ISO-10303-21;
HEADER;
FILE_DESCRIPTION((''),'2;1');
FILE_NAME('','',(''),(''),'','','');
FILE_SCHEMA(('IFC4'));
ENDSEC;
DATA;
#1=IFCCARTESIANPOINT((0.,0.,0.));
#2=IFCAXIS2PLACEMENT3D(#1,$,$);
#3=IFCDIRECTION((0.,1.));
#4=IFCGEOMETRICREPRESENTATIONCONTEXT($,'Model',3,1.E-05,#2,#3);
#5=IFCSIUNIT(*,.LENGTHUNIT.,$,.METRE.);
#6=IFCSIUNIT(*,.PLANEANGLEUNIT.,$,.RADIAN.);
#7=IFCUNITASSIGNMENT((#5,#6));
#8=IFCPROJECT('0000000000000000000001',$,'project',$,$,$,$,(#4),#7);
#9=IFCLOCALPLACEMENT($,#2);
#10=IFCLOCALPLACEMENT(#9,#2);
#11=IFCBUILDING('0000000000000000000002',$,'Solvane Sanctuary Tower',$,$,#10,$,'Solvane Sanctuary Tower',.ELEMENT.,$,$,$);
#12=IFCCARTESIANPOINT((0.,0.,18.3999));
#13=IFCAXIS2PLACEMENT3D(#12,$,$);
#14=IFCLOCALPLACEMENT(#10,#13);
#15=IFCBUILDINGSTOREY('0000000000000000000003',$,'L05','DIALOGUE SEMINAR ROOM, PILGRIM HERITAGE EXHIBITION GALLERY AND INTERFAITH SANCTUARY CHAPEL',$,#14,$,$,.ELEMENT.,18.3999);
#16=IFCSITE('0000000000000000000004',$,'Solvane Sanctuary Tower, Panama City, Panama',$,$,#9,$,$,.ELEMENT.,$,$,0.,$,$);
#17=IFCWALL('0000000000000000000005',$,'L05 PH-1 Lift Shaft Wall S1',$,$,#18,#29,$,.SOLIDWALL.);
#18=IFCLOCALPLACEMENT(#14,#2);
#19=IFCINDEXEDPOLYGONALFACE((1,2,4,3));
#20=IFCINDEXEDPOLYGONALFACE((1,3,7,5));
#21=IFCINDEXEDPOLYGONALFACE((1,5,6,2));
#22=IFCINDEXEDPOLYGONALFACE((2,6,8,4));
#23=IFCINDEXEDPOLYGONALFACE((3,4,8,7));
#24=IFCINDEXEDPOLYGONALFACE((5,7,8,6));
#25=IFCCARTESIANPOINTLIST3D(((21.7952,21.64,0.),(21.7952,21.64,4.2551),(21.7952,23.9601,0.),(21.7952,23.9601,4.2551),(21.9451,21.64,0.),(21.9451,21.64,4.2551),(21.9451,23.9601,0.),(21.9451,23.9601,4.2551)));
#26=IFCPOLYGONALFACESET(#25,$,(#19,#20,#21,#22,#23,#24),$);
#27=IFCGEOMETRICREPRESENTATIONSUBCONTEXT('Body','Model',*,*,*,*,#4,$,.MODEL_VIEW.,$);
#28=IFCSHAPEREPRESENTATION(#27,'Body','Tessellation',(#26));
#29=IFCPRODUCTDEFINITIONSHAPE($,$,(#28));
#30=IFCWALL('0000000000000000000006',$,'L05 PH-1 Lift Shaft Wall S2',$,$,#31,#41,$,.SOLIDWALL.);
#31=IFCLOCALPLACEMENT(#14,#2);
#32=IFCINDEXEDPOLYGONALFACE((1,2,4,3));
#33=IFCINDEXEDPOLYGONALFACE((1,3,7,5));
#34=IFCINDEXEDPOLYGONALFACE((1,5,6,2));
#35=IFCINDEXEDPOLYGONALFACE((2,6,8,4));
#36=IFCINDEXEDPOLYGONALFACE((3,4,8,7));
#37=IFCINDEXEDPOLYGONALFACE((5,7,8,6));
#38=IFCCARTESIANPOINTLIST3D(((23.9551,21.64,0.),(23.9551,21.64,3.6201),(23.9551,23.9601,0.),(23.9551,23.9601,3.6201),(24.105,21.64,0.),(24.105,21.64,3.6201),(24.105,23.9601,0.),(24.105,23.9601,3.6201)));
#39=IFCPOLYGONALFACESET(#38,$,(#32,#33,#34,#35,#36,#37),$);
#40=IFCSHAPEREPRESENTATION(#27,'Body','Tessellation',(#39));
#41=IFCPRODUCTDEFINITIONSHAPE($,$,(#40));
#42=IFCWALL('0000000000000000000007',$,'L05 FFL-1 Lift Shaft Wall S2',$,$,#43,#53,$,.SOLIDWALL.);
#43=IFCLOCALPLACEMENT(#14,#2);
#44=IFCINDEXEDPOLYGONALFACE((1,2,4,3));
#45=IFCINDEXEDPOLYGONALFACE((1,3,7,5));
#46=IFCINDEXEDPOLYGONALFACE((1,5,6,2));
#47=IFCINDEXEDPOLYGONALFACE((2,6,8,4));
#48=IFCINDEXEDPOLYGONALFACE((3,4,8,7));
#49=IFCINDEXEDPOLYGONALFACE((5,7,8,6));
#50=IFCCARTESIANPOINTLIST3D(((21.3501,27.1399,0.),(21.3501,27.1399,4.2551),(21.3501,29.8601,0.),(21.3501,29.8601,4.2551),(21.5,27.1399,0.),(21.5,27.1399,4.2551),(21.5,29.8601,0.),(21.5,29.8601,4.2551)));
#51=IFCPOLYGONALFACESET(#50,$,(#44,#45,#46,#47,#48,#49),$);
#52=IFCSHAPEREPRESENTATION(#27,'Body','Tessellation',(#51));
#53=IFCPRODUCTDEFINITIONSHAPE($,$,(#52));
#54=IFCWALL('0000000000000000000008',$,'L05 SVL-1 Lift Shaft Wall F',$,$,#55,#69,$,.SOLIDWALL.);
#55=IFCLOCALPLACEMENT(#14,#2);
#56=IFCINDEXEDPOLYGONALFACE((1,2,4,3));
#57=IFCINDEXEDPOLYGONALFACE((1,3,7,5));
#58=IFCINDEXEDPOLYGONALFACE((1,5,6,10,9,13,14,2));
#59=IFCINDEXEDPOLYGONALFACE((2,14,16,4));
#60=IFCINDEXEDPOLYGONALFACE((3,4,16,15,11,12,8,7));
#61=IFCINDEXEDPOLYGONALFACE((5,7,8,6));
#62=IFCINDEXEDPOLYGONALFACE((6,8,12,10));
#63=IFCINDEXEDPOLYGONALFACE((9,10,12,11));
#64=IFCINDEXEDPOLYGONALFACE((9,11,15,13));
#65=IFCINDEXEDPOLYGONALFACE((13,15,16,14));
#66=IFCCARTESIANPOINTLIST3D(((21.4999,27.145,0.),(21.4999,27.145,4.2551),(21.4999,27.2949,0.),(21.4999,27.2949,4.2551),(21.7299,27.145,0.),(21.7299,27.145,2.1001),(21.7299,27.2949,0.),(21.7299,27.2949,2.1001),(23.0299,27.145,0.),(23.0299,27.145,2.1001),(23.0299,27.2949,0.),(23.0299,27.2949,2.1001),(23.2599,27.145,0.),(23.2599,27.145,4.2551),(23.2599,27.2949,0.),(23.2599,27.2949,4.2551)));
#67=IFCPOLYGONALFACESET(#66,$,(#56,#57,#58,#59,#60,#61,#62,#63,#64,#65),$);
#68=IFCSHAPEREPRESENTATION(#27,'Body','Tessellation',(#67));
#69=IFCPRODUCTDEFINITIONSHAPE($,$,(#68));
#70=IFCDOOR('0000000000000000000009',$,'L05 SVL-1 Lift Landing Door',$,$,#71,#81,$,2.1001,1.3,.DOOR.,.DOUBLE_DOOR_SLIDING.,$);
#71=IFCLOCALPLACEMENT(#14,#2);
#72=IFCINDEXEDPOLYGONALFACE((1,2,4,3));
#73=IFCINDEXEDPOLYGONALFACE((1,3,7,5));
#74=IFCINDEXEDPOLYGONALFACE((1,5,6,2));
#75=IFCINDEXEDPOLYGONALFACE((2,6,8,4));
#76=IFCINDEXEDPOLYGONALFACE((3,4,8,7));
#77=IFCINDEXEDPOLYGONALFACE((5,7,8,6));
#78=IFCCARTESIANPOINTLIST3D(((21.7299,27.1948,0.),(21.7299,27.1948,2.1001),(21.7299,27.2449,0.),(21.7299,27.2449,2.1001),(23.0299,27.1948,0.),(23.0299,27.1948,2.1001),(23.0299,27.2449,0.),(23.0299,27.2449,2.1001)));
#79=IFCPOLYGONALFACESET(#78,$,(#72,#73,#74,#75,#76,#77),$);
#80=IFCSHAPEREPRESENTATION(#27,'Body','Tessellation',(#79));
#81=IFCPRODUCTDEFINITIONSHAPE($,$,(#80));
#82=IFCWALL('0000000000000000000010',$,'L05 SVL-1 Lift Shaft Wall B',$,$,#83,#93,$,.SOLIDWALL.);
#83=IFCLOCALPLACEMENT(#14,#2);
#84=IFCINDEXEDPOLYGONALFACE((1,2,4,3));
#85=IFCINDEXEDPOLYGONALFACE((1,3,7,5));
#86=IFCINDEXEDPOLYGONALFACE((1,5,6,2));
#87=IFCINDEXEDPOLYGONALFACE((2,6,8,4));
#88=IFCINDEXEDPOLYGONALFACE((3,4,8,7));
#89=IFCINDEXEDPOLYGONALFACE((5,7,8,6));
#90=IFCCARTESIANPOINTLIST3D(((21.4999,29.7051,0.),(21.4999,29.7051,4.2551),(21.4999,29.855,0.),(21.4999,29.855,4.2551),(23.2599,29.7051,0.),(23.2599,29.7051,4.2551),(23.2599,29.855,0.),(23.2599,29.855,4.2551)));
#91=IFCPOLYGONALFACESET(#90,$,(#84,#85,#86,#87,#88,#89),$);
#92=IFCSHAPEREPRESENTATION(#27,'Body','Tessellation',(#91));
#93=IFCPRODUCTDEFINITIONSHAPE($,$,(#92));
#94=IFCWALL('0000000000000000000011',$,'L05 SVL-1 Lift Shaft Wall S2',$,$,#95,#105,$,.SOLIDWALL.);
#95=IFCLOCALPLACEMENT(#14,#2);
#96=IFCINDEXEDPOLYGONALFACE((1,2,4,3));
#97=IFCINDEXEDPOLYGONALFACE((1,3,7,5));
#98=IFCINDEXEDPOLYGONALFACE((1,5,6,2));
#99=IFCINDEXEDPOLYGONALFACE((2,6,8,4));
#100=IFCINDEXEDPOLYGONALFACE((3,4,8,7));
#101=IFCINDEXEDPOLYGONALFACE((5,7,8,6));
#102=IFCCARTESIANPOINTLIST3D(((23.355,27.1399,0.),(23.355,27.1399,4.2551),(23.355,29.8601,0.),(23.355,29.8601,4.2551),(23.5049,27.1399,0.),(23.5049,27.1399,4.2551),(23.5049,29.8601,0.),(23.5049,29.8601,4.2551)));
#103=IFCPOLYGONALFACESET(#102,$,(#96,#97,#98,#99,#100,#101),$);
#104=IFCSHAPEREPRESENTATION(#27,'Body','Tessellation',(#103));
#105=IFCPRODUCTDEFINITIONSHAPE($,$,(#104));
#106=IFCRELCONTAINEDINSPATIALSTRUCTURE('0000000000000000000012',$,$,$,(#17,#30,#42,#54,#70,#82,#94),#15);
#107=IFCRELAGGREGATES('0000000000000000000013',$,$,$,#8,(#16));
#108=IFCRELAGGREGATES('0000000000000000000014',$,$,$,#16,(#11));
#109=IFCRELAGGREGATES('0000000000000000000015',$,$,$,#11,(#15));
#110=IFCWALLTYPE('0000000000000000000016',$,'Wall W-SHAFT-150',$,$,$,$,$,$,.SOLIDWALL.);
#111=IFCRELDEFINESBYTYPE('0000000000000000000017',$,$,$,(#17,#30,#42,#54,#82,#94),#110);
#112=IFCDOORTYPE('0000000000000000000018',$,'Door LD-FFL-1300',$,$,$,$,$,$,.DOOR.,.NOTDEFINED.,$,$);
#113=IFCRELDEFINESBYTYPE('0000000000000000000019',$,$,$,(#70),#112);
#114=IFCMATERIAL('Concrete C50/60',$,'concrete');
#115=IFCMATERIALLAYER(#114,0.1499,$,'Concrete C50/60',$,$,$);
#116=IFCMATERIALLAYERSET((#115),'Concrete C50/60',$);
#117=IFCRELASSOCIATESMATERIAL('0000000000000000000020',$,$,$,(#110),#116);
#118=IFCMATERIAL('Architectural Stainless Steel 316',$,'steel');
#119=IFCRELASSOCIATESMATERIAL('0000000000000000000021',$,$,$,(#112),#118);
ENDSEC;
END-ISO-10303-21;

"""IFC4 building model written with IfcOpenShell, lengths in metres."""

from ifc_helpers import new_model, si_unit, direction, frame, frame_2d, origin, place, context, subcontext, project, spatial, rectangle, extrude, material, layer, layer_set, type_object, element, fill, save


model = new_model("IFC4")

# Units and contexts
model_context = context("Model", 3, precision=1e-05, world=origin(), true_north=direction((0.0, 1.0)))
body_context = subcontext(model_context, "Body", "Model", "MODEL_VIEW")
ifc_project = project(units=[si_unit("LENGTHUNIT", "METRE"), si_unit("PLANEANGLEUNIT", "RADIAN")], contexts=[model_context])

# Site, building, storey
site_placement = place(None, origin())
site = spatial("IfcSite", under=ifc_project, at=site_placement, Name="Solvane Sanctuary Tower, Panama City, Panama", CompositionType="ELEMENT", RefElevation=0.0)
building_placement = place(site_placement, origin())
building = spatial("IfcBuilding", under=site, at=building_placement, Name="Solvane Sanctuary Tower", LongName="Solvane Sanctuary Tower", CompositionType="ELEMENT")
storey_placement = place(building_placement, frame((0.0, 0.0, 18.3999)))
storey = spatial("IfcBuildingStorey", under=building, at=storey_placement, Name="L05", Description="DIALOGUE SEMINAR ROOM, PILGRIM HERITAGE EXHIBITION GALLERY AND INTERFAITH SANCTUARY CHAPEL", CompositionType="ELEMENT", Elevation=18.3999)

# Shared definitions
ifc_material_1 = material(Name="Architectural Stainless Steel 316", Category="steel")

# Walls
ifc_material_2 = material(Name="Concrete C50/60", Category="concrete")
ifc_layer_1 = layer(ifc_material_2, 0.1499, Name="Concrete C50/60")
ifc_layer_set_1 = layer_set([ifc_layer_1], Name="Concrete C50/60")
wall_type_1 = type_object("IfcWallType", Name="Wall W-SHAFT-150", PredefinedType="SOLIDWALL", material=ifc_layer_set_1)
wall_1_placement = place(storey_placement, frame((21.8701, 21.6399, 0.0), z_axis=(0.0, 0.0, 1.0), x_axis=(0.0, 1.0, 0.0)))
element("IfcWall", 1, at=wall_1_placement, inside=storey, type_object=wall_type_1, Name="L05 PH-1 Lift Shaft Wall S1", PredefinedType="SOLIDWALL", context=body_context, shape_type="SweptSolid", body=[
    extrude(rectangle(XDim=2.3201, YDim=0.1499, at=frame_2d((1.1602, 0.0))), origin(), (0.0, 0.0, 1.0), 4.2551),
])
wall_2_placement = place(storey_placement, frame((24.03, 21.6399, 0.0), z_axis=(0.0, 0.0, 1.0), x_axis=(0.0, 1.0, 0.0)))
element("IfcWall", 2, at=wall_2_placement, inside=storey, type_object=wall_type_1, Name="L05 PH-1 Lift Shaft Wall S2", PredefinedType="SOLIDWALL", context=body_context, shape_type="SweptSolid", body=[
    extrude(rectangle(XDim=2.3201, YDim=0.1499, at=frame_2d((1.1602, 0.0))), origin(), (0.0, 0.0, 1.0), 3.6201),
])
wall_3_placement = place(storey_placement, frame((21.425, 27.1399, 0.0), z_axis=(0.0, 0.0, 1.0), x_axis=(0.0, 1.0, 0.0)))
element("IfcWall", 3, at=wall_3_placement, inside=storey, type_object=wall_type_1, Name="L05 FFL-1 Lift Shaft Wall S2", PredefinedType="SOLIDWALL", context=body_context, shape_type="SweptSolid", body=[
    extrude(rectangle(XDim=2.7202, YDim=0.1499, at=frame_2d((1.3601, 0.0))), origin(), (0.0, 0.0, 1.0), 4.2551),
])

# Wall, opening, door
wall_4_placement = place(storey_placement, frame((21.5, 27.22, 0.0), z_axis=(0.0, 0.0, 1.0), x_axis=(1.0, 0.0, 0.0)))
wall_4 = element("IfcWall", 4, at=wall_4_placement, inside=storey, type_object=wall_type_1, Name="L05 SVL-1 Lift Shaft Wall F", PredefinedType="SOLIDWALL", context=body_context, shape_type="SweptSolid", body=[
    extrude(rectangle(XDim=1.76, YDim=0.1499, at=frame_2d((0.8799, 0.0))), origin(), (0.0, 0.0, 1.0), 4.2551),
])
opening_1_placement = place(wall_4_placement, frame((0.23, 0.0, 0.0)))
opening_1 = element("IfcOpeningElement", 5, at=opening_1_placement, cuts=wall_4, PredefinedType="OPENING", context=body_context, shape_type="SweptSolid", body=[
    extrude(rectangle(XDim=1.3, YDim=2.1001, at=frame_2d((0.6499, 1.05))), frame((0.0, 0.085, 0.0), z_axis=(0.0, -1.0, 0.0), x_axis=(1.0, 0.0, 0.0)), (0.0, 0.0, 1.0), 0.1699),
])
door_type_1 = type_object("IfcDoorType", Name="Door LD-FFL-1300", OperationType="NOTDEFINED", PredefinedType="DOOR", material=ifc_material_1)
door_1_placement = place(opening_1_placement, origin())
door_1 = element("IfcDoor", 6, at=door_1_placement, inside=storey, type_object=door_type_1, Name="L05 SVL-1 Lift Landing Door", OperationType="DOUBLE_DOOR_SLIDING", OverallHeight=2.1001, OverallWidth=1.3, PredefinedType="DOOR", context=body_context, shape_type="SweptSolid", body=[
    extrude(rectangle(XDim=1.3, YDim=2.1001, at=frame_2d((0.6499, 1.05))), frame((0.0, 0.0249, 0.0), z_axis=(0.0, -1.0, 0.0), x_axis=(1.0, 0.0, 0.0)), (0.0, 0.0, 1.0), 0.05),
])
fill(opening_1, door_1)

# Walls
wall_5_placement = place(storey_placement, frame((21.5, 29.78, 0.0), z_axis=(0.0, 0.0, 1.0), x_axis=(1.0, 0.0, 0.0)))
element("IfcWall", 7, at=wall_5_placement, inside=storey, type_object=wall_type_1, Name="L05 SVL-1 Lift Shaft Wall B", PredefinedType="SOLIDWALL", context=body_context, shape_type="SweptSolid", body=[
    extrude(rectangle(XDim=1.76, YDim=0.1499, at=frame_2d((0.8799, 0.0))), origin(), (0.0, 0.0, 1.0), 4.2551),
])
wall_6_placement = place(storey_placement, frame((23.4299, 27.1399, 0.0), z_axis=(0.0, 0.0, 1.0), x_axis=(0.0, 1.0, 0.0)))
element("IfcWall", 8, at=wall_6_placement, inside=storey, type_object=wall_type_1, Name="L05 SVL-1 Lift Shaft Wall S2", PredefinedType="SOLIDWALL", context=body_context, shape_type="SweptSolid", body=[
    extrude(rectangle(XDim=2.7202, YDim=0.1499, at=frame_2d((1.3601, 0.0))), origin(), (0.0, 0.0, 1.0), 4.2551),
])

save(model, "model.ifc")
